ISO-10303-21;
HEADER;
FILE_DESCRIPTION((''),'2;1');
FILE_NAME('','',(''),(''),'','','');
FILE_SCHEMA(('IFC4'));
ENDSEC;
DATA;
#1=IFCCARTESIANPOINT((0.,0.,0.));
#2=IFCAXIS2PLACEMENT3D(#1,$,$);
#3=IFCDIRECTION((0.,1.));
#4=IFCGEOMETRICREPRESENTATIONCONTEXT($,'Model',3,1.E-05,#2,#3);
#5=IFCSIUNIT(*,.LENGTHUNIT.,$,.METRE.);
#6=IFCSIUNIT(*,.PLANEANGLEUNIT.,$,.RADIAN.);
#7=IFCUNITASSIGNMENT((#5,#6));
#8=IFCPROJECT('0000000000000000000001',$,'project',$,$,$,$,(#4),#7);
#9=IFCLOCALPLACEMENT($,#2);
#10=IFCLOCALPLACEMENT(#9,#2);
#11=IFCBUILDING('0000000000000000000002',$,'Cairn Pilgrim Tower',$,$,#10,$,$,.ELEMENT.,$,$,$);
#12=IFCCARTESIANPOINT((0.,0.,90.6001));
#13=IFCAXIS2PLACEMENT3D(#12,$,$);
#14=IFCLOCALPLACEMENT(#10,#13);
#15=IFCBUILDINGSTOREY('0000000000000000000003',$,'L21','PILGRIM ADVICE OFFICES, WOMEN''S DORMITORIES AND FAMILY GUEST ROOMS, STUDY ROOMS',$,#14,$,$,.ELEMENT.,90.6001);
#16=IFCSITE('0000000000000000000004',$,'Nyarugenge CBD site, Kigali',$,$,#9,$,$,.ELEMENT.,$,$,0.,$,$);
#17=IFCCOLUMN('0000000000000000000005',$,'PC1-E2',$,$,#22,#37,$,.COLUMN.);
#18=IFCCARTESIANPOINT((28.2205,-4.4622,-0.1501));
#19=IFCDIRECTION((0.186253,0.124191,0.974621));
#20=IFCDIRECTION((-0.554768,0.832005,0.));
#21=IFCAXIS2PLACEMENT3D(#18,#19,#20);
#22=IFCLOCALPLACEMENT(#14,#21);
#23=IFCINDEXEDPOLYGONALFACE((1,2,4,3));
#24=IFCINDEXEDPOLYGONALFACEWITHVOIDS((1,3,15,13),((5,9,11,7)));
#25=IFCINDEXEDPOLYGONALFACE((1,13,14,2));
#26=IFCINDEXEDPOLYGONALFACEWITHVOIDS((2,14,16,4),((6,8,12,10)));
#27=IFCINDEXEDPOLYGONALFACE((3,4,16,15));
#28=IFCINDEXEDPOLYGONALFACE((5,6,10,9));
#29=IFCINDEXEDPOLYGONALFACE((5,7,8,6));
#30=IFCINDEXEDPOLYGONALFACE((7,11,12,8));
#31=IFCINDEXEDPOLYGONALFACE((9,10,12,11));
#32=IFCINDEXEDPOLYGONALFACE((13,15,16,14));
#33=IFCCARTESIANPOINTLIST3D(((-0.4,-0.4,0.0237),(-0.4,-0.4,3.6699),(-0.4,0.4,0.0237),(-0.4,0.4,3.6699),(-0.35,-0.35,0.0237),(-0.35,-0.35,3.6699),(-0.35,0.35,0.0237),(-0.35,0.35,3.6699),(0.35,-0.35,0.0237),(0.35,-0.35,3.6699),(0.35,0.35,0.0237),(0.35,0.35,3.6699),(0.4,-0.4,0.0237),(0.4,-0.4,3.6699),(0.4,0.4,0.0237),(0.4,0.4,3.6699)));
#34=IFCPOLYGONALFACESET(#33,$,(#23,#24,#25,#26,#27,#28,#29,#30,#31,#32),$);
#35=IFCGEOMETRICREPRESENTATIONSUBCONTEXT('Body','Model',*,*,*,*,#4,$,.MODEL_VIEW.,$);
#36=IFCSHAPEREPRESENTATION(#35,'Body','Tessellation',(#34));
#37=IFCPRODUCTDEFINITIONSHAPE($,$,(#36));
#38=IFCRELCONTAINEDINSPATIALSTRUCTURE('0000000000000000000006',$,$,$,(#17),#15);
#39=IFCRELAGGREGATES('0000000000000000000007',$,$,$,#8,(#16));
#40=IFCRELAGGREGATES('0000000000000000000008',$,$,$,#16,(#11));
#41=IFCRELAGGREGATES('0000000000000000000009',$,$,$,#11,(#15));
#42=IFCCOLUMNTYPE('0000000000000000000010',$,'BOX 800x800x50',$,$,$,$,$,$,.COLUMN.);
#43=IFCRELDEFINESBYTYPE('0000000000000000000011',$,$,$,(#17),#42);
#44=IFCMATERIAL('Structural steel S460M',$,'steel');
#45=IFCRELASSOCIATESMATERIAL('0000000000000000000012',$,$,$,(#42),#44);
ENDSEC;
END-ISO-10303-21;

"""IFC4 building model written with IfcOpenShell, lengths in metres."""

from ifc_helpers import new_model, si_unit, direction, frame, origin, origin_2d, place, context, subcontext, project, spatial, hollow_rectangle, extrude, clip, halfspace, material, material_profile, profile_set, type_object, element, save


model = new_model("IFC4")

# Units and contexts
model_context = context("Model", 3, precision=1e-05, world=origin(), true_north=direction((0.0, 1.0)))
body_context = subcontext(model_context, "Body", "Model", "MODEL_VIEW")
ifc_project = project(units=[si_unit("LENGTHUNIT", "METRE"), si_unit("PLANEANGLEUNIT", "RADIAN")], contexts=[model_context])

# Site, building, storey
site_placement = place(None, origin())
site = spatial("IfcSite", under=ifc_project, at=site_placement, Name="Nyarugenge CBD site, Kigali", CompositionType="ELEMENT", RefElevation=0.0)
building_placement = place(site_placement, origin())
building = spatial("IfcBuilding", under=site, at=building_placement, Name="Cairn Pilgrim Tower", CompositionType="ELEMENT")
storey_placement = place(building_placement, frame((0.0, 0.0, 90.6001)))
storey = spatial("IfcBuildingStorey", under=building, at=storey_placement, Name="L21", Description="PILGRIM ADVICE OFFICES, WOMEN'S DORMITORIES AND FAMILY GUEST ROOMS, STUDY ROOMS", CompositionType="ELEMENT", Elevation=90.6001)

# Column
ifc_material_1 = material(Name="Structural steel S460M", Category="steel")
ifc_material_profile_1 = material_profile(ifc_material_1, hollow_rectangle(XDim=0.8, YDim=0.8, WallThickness=0.05, at=origin_2d()), Name="BOX 800x800x50")
ifc_profile_set_1 = profile_set([ifc_material_profile_1], Name="Structural steel S460M")
column_type_1 = type_object("IfcColumnType", Name="BOX 800x800x50", PredefinedType="COLUMN", material=ifc_profile_set_1)
column_1_placement = place(storey_placement, frame((28.2205, -4.4622, -0.1501), z_axis=(0.186253, 0.124191, 0.974621), x_axis=(-0.554768, 0.832005, 0.0)))
element("IfcColumn", 1, at=column_1_placement, inside=storey, type_object=column_type_1, Name="PC1-E2", PredefinedType="COLUMN", context=body_context, shape_type="Clipping", body=[
    clip(clip(extrude(hollow_rectangle(XDim=0.8, YDim=0.8, WallThickness=0.05, at=origin_2d()), origin(), (0.0, 0.0, 1.0), 3.6938), halfspace(frame((0.0, 0.0, 0.0237), z_axis=(0.0, 0.0, 1.0), x_axis=(1.0, 0.0, 0.0)), True)), halfspace(frame((0.0, 0.0, 3.6699), z_axis=(0.0, 0.0, 1.0), x_axis=(1.0, 0.0, 0.0)), False)),
])

save(model, "model.ifc")
